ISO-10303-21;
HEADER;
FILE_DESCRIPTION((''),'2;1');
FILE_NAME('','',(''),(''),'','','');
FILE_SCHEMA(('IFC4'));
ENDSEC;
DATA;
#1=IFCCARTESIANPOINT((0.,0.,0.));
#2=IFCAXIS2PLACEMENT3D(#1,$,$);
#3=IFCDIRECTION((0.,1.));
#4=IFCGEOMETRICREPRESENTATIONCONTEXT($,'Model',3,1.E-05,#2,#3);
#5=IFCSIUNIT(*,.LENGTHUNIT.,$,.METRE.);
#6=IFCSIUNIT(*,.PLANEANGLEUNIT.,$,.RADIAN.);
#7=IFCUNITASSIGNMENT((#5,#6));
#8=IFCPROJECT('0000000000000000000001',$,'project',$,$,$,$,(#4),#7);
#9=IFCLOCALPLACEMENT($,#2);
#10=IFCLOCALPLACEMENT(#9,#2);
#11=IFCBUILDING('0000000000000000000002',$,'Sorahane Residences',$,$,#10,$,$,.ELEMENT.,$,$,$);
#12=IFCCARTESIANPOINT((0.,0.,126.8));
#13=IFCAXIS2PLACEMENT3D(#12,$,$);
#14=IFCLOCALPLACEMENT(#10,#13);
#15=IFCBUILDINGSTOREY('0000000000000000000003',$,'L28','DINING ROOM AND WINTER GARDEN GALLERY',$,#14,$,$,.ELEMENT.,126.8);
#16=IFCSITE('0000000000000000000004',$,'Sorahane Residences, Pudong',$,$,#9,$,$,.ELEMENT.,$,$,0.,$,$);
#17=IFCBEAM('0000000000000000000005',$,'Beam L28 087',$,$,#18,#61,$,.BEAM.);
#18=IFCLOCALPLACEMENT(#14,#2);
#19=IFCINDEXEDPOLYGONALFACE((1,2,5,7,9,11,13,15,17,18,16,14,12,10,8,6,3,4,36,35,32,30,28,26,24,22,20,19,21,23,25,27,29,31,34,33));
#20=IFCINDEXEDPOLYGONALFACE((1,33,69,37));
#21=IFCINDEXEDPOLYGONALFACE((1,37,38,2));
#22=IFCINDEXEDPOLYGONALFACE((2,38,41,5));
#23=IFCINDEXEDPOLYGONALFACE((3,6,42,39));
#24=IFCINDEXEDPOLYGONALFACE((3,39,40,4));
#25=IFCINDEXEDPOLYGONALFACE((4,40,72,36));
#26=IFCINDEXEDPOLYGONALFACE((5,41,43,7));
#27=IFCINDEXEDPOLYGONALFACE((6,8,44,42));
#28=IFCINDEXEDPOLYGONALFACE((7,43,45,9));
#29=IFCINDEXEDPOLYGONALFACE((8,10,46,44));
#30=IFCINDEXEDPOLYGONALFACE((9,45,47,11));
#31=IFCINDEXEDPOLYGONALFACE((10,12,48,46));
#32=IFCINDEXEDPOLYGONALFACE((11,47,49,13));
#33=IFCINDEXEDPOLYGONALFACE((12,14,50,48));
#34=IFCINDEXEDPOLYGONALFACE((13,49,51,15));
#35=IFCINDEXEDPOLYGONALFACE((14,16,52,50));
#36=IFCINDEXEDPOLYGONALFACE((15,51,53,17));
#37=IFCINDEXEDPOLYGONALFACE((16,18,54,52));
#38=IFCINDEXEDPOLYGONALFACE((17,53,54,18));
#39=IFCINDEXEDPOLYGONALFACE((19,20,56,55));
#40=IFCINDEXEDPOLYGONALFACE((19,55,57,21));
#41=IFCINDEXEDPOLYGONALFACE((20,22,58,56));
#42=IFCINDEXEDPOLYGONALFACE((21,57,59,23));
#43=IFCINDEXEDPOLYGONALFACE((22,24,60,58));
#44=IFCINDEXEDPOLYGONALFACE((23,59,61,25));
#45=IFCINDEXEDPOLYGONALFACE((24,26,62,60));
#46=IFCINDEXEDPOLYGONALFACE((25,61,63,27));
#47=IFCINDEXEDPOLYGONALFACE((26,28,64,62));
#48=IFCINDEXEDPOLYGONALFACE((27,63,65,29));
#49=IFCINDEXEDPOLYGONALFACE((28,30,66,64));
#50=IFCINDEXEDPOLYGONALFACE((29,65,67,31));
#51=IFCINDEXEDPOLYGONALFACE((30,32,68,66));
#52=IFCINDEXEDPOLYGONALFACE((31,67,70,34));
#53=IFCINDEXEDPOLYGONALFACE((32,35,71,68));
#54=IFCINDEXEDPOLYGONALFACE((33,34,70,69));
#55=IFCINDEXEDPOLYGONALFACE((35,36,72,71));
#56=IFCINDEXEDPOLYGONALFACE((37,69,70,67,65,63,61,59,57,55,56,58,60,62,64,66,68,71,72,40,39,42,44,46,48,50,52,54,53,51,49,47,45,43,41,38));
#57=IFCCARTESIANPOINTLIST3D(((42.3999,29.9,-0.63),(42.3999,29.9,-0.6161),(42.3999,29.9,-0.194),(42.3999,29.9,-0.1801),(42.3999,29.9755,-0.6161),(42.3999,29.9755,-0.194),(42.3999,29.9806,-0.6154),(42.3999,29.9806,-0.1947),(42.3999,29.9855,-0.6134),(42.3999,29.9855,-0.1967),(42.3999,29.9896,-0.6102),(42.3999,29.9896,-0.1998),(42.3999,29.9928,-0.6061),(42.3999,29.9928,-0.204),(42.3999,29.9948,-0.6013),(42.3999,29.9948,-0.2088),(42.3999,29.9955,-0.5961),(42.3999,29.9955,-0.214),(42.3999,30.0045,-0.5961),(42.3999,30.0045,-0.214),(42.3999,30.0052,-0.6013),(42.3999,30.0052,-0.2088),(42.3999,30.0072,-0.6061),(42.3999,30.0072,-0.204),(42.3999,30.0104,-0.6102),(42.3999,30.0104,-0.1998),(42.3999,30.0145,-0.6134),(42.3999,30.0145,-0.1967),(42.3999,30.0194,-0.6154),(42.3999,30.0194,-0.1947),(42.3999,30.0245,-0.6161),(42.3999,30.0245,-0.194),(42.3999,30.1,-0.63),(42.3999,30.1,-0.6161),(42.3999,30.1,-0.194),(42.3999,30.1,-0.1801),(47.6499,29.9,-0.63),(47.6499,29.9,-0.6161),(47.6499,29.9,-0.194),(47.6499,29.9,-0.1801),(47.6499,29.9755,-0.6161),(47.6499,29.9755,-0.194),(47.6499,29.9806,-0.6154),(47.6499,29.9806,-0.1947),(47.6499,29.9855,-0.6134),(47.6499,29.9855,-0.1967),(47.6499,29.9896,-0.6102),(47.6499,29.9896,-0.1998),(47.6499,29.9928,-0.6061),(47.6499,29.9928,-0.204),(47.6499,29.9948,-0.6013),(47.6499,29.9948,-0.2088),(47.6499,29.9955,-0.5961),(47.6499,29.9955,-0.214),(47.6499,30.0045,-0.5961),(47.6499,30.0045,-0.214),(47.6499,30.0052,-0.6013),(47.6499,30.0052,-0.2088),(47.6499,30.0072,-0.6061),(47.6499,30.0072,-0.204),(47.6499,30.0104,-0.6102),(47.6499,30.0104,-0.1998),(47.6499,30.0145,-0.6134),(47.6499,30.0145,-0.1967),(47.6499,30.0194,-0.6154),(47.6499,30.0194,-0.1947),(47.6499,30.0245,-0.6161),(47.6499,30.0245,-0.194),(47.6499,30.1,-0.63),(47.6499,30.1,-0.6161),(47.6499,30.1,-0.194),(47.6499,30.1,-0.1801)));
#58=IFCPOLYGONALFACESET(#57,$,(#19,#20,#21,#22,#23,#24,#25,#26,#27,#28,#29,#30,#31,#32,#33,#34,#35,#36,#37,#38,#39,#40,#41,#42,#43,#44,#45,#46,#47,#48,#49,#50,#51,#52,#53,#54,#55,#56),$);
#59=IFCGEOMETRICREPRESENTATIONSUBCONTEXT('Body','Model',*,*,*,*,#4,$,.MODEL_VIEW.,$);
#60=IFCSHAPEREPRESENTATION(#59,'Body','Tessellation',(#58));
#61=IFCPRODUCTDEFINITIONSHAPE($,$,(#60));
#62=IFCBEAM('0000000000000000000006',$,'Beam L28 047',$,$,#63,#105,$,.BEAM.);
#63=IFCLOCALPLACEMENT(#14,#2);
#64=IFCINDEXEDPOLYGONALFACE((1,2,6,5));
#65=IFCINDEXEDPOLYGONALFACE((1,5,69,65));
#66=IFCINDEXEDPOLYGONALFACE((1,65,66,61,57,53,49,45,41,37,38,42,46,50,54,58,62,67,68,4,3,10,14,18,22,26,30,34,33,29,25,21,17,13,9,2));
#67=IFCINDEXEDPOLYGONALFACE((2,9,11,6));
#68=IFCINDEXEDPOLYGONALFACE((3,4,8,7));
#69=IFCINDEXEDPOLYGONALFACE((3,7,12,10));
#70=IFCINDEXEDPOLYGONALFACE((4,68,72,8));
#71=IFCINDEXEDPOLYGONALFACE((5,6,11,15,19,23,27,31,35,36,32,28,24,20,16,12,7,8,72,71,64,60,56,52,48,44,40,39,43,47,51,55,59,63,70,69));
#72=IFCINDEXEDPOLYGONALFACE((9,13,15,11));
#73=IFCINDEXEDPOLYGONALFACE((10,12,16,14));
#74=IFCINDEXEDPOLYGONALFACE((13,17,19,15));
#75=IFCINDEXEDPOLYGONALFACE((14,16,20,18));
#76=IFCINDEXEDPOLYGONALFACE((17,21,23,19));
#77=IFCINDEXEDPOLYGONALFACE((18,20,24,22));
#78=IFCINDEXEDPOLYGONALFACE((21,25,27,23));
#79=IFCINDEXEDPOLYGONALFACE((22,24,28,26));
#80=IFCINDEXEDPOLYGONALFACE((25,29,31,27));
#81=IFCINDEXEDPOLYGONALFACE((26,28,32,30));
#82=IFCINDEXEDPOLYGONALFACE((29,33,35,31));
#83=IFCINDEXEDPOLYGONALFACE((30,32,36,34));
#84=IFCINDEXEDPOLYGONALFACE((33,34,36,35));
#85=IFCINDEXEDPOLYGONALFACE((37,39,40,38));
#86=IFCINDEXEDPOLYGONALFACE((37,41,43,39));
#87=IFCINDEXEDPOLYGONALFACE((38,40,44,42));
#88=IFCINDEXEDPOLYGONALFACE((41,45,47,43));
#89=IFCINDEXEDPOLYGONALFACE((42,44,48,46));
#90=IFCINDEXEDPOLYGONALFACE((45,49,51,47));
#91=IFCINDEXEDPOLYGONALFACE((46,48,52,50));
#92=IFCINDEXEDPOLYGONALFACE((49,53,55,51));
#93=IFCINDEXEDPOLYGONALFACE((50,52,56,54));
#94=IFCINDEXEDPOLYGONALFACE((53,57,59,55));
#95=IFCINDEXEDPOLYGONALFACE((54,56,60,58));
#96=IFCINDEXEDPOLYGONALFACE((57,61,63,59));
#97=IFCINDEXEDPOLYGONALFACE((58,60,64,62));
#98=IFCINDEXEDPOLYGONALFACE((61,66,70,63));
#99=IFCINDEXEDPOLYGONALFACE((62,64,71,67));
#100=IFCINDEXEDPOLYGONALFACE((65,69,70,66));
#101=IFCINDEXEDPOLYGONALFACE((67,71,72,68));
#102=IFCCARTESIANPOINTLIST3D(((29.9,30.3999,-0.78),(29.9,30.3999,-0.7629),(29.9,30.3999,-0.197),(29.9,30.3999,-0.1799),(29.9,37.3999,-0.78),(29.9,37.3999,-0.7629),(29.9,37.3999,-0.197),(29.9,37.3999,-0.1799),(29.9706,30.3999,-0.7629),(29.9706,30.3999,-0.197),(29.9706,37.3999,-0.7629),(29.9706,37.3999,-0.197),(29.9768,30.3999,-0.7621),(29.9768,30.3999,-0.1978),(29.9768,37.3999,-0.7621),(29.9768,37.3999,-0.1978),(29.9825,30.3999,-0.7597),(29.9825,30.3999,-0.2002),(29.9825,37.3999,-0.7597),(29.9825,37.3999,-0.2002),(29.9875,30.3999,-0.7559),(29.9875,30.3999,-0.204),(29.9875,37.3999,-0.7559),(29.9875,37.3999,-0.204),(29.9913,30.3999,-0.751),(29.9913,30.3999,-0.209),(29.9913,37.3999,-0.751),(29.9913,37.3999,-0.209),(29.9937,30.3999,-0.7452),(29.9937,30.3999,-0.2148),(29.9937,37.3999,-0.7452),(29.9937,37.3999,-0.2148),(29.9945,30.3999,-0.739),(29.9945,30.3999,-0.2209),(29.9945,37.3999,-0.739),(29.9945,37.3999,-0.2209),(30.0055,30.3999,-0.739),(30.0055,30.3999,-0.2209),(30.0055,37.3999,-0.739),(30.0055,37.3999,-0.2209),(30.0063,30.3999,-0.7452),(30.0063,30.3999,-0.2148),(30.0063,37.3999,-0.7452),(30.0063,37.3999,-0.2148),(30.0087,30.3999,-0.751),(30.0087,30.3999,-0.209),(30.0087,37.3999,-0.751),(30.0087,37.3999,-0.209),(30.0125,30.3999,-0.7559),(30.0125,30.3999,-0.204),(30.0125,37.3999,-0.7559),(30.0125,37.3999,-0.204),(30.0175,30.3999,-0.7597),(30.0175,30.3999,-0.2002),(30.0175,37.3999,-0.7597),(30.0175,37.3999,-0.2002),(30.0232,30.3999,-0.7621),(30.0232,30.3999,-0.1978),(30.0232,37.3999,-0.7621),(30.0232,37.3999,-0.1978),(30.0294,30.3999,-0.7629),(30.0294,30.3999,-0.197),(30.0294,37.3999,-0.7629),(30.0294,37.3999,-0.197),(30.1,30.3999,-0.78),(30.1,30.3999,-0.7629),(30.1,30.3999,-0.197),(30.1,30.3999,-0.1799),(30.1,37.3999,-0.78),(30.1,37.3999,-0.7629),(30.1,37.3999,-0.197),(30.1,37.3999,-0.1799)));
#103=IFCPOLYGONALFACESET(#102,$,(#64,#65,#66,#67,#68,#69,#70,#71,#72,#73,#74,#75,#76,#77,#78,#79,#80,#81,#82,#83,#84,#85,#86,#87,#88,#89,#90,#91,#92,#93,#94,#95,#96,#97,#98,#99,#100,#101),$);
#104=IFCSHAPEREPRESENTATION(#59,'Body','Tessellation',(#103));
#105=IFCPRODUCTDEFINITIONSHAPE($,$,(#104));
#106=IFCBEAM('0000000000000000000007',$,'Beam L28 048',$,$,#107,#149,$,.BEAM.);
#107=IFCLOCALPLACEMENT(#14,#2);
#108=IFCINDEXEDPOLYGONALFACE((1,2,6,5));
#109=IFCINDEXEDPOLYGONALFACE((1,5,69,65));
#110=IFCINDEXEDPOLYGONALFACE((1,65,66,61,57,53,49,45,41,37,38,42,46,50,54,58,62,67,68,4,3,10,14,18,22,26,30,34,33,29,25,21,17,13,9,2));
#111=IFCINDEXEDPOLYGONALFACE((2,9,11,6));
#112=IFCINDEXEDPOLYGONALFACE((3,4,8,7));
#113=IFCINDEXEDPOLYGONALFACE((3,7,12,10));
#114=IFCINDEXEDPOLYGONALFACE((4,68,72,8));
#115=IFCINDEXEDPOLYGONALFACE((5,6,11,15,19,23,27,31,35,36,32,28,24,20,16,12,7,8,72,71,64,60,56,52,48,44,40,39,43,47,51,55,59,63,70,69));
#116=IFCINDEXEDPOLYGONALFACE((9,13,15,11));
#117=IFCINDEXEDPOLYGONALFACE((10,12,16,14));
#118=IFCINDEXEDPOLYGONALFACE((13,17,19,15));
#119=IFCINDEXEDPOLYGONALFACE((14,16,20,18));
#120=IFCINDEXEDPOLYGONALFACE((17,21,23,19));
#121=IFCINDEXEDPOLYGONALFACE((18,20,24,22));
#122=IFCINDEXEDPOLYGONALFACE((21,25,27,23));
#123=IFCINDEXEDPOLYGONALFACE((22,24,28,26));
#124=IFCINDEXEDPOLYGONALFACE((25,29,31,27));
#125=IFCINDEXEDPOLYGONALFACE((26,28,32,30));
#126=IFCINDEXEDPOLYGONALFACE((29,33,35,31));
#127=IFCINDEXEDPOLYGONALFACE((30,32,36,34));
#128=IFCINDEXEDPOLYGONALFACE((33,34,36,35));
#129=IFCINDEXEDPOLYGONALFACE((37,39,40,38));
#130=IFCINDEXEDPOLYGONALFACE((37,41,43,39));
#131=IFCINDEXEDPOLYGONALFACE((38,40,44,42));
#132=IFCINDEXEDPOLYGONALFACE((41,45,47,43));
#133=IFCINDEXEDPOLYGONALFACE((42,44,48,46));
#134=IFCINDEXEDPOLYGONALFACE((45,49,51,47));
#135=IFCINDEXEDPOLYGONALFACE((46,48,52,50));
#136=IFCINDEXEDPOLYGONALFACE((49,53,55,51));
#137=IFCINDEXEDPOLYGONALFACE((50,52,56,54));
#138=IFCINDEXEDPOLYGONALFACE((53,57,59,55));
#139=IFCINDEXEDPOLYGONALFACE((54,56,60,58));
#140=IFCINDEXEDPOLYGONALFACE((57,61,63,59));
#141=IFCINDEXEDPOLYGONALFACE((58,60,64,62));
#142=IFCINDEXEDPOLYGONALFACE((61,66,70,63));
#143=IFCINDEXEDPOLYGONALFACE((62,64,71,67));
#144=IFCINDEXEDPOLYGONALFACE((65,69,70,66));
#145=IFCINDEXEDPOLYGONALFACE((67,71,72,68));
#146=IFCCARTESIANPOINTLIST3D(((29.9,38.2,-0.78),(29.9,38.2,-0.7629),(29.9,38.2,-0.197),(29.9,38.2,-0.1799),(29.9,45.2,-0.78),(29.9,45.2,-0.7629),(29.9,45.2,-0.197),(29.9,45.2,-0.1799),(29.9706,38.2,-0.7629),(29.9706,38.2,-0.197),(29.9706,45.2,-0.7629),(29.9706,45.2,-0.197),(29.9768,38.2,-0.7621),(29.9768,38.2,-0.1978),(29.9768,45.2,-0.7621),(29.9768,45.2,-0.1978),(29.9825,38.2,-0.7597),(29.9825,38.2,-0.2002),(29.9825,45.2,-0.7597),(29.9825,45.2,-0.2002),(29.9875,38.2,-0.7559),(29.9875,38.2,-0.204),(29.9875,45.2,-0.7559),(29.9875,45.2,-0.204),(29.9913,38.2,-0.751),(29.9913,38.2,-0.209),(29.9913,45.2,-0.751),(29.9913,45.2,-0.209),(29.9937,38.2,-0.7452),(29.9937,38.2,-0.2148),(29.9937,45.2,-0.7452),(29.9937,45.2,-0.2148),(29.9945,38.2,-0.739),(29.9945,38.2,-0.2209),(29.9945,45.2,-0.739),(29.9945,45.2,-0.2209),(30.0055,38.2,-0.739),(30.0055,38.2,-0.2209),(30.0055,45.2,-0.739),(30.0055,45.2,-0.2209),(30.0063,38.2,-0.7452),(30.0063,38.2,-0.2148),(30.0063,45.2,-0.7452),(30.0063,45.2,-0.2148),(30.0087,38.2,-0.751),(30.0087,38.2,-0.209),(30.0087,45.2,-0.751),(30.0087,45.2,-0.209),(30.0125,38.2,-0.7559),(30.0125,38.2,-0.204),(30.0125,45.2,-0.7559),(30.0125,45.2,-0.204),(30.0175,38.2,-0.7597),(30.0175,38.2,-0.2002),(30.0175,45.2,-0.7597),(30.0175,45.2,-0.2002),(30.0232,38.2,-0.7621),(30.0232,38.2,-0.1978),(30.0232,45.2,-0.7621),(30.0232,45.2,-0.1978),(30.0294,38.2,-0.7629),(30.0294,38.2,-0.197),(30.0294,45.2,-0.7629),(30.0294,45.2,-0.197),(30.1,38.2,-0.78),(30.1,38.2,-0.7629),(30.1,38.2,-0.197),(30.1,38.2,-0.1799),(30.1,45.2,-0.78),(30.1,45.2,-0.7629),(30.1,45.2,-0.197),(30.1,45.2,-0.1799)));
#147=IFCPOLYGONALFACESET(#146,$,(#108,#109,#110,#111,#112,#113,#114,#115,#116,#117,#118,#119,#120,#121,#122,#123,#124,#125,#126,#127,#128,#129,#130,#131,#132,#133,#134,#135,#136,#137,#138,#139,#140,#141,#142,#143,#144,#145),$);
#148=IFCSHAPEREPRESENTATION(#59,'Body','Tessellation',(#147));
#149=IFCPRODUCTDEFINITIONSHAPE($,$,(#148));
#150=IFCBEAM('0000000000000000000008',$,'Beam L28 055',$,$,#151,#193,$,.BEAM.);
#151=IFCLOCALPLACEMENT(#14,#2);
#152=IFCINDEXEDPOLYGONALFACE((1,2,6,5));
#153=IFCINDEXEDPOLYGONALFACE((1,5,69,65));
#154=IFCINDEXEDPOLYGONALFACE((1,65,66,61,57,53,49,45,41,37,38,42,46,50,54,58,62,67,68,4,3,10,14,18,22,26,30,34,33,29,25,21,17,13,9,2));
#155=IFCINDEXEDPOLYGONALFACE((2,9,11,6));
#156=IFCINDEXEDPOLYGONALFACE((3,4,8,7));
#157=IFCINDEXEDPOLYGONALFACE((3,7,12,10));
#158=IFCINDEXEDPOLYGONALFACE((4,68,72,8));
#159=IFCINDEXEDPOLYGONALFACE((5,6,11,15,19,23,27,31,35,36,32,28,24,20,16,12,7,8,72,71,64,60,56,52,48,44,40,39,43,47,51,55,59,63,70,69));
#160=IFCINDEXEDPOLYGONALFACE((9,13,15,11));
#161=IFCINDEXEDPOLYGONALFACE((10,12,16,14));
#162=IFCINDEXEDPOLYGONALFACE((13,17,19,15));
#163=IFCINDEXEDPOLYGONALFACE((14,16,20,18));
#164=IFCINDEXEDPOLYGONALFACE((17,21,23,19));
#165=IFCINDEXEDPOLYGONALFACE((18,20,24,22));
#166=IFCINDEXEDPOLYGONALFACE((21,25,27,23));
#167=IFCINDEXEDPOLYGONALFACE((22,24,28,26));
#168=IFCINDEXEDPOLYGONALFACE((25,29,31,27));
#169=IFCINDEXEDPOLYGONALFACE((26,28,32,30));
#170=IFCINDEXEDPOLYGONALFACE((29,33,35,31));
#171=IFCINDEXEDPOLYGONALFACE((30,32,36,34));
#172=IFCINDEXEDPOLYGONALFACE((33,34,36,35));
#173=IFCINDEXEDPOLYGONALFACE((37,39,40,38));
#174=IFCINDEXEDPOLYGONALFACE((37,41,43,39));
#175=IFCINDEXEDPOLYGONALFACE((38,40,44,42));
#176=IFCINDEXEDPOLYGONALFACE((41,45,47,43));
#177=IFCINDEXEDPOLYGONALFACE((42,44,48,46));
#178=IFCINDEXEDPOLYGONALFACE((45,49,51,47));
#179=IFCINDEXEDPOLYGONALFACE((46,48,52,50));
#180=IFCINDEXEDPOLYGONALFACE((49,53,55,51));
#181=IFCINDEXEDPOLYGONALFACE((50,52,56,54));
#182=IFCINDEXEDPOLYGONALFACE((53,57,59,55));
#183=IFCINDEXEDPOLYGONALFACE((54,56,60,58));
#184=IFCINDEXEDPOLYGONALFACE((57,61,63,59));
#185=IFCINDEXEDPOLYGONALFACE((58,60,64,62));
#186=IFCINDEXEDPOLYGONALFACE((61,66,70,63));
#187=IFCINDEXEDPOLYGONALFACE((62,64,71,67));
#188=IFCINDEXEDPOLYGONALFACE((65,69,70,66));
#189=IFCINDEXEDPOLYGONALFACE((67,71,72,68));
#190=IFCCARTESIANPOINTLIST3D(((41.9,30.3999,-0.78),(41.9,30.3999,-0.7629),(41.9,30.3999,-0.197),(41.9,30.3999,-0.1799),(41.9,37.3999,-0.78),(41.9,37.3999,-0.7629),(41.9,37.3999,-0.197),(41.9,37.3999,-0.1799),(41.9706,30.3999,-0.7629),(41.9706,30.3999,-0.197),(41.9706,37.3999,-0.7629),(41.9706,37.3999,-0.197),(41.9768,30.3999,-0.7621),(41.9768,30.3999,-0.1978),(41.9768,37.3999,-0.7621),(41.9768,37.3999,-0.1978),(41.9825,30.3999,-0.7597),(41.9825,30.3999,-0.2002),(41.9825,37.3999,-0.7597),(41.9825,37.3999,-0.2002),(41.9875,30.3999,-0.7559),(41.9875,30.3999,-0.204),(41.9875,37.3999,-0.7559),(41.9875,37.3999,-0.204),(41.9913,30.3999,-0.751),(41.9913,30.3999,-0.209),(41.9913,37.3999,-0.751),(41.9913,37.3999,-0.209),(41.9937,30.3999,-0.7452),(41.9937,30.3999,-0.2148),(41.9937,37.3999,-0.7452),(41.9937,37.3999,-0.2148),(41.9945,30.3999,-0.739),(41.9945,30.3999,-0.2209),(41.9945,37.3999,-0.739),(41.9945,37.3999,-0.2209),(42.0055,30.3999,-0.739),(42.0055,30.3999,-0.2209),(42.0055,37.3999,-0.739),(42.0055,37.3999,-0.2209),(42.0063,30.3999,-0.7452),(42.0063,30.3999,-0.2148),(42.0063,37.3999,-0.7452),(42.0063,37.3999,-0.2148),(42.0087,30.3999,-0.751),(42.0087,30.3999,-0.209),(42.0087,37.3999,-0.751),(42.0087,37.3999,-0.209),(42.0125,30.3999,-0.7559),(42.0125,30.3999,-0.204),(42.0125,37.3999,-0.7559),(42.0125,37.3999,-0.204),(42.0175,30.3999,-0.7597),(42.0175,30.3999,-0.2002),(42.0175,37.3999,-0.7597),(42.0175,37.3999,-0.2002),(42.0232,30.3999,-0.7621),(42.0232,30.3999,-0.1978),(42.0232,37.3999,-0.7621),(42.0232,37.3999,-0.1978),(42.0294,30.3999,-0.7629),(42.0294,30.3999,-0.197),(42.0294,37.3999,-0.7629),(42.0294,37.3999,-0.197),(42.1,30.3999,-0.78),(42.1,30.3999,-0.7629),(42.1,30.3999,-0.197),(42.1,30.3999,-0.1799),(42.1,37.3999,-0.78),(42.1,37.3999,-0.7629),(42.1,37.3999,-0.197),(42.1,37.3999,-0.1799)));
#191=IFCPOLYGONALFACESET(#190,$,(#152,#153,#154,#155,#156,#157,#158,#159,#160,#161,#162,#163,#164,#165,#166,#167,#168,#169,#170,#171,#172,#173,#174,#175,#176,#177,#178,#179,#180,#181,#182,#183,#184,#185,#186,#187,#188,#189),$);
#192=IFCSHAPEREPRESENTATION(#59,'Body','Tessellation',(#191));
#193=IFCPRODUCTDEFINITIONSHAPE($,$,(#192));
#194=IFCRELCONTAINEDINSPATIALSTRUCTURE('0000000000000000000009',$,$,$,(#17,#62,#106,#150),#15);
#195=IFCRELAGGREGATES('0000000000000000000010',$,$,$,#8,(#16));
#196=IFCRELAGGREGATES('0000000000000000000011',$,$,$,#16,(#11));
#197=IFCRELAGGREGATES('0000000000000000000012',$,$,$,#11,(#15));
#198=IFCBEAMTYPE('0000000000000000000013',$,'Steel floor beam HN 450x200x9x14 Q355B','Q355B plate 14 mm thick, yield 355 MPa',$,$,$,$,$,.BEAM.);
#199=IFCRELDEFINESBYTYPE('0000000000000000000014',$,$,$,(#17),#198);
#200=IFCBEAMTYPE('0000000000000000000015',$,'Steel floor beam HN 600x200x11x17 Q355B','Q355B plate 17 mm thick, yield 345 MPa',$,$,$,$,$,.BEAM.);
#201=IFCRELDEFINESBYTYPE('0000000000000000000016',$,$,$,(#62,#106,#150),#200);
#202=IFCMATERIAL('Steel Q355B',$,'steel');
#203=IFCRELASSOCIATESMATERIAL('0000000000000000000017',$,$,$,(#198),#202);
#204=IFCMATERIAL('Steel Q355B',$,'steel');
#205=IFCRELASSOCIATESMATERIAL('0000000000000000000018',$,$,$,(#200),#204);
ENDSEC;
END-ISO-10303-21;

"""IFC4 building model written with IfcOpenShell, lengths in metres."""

from ifc_helpers import new_model, si_unit, direction, frame, origin, origin_2d, place, context, subcontext, project, spatial, i_section, extrude, material, material_profile, profile_set, type_object, element, save


model = new_model("IFC4")

# Units and contexts
model_context = context("Model", 3, precision=1e-05, world=origin(), true_north=direction((0.0, 1.0)))
body_context = subcontext(model_context, "Body", "Model", "MODEL_VIEW")
ifc_project = project(units=[si_unit("LENGTHUNIT", "METRE"), si_unit("PLANEANGLEUNIT", "RADIAN")], contexts=[model_context])

# Site, building, storey
site_placement = place(None, origin())
site = spatial("IfcSite", under=ifc_project, at=site_placement, Name="Sorahane Residences, Pudong", CompositionType="ELEMENT", RefElevation=0.0)
building_placement = place(site_placement, origin())
building = spatial("IfcBuilding", under=site, at=building_placement, Name="Sorahane Residences", CompositionType="ELEMENT")
storey_placement = place(building_placement, frame((0.0, 0.0, 126.8)))
storey = spatial("IfcBuildingStorey", under=building, at=storey_placement, Name="L28", Description="DINING ROOM AND WINTER GARDEN GALLERY", CompositionType="ELEMENT", Elevation=126.8)

# Beams
ifc_material_1 = material(Name="Steel Q355B", Category="steel")
ifc_material_profile_1 = material_profile(ifc_material_1, i_section(OverallWidth=0.2, OverallDepth=0.45, WebThickness=0.009, FlangeThickness=0.0139, FilletRadius=0.02, at=origin_2d()), Name="HN 450x200x9x14")
ifc_profile_set_1 = profile_set([ifc_material_profile_1], Name="Steel Q355B")
beam_type_1 = type_object("IfcBeamType", Name="Steel floor beam HN 450x200x9x14 Q355B", Description="Q355B plate 14 mm thick, yield 355 MPa", PredefinedType="BEAM", material=ifc_profile_set_1)
beam_placement = place(storey_placement, frame((42.3999, 30.0, -0.405), z_axis=(1.0, 0.0, 0.0), x_axis=(0.0, 1.0, 0.0)))
element("IfcBeam", 1, at=beam_placement, inside=storey, type_object=beam_type_1, Name="Beam L28 087", PredefinedType="BEAM", context=body_context, shape_type="SweptSolid", body=[
    extrude(i_section(OverallWidth=0.2, OverallDepth=0.45, WebThickness=0.009, FlangeThickness=0.0139, FilletRadius=0.02, at=origin_2d()), origin(), (0.0, 0.0, 1.0), 5.25),
])
ifc_material_2 = material(Name="Steel Q355B", Category="steel")
ifc_material_profile_2 = material_profile(ifc_material_2, i_section(OverallWidth=0.2, OverallDepth=0.6001, WebThickness=0.011, FlangeThickness=0.0171, FilletRadius=0.0239, at=origin_2d()), Name="HN 600x200x11x17")
ifc_profile_set_2 = profile_set([ifc_material_profile_2], Name="Steel Q355B")
beam_type_2 = type_object("IfcBeamType", Name="Steel floor beam HN 600x200x11x17 Q355B", Description="Q355B plate 17 mm thick, yield 345 MPa", PredefinedType="BEAM", material=ifc_profile_set_2)
for number, where, z_axis, x_axis, name in (
    (2, (30.0, 30.3999, -0.48), (0.0, 1.0, 0.0), (-1.0, 0.0, 0.0), "Beam L28 047"),
    (3, (30.0, 38.2, -0.48), (0.0, 1.0, 0.0), (-1.0, 0.0, 0.0), "Beam L28 048"),
    (4, (42.0, 30.3999, -0.48), (0.0, 1.0, 0.0), (-1.0, 0.0, 0.0), "Beam L28 055"),
):
    element("IfcBeam", number, at=place(storey_placement, frame(where, z_axis=z_axis, x_axis=x_axis)), inside=storey, type_object=beam_type_2, Name=name, PredefinedType="BEAM", context=body_context, shape_type="SweptSolid", body=[
        extrude(i_section(OverallWidth=0.2, OverallDepth=0.6001, WebThickness=0.011, FlangeThickness=0.0171, FilletRadius=0.0239, at=origin_2d()), origin(), (0.0, 0.0, 1.0), 7.0),
    ])

save(model, "model.ifc")
